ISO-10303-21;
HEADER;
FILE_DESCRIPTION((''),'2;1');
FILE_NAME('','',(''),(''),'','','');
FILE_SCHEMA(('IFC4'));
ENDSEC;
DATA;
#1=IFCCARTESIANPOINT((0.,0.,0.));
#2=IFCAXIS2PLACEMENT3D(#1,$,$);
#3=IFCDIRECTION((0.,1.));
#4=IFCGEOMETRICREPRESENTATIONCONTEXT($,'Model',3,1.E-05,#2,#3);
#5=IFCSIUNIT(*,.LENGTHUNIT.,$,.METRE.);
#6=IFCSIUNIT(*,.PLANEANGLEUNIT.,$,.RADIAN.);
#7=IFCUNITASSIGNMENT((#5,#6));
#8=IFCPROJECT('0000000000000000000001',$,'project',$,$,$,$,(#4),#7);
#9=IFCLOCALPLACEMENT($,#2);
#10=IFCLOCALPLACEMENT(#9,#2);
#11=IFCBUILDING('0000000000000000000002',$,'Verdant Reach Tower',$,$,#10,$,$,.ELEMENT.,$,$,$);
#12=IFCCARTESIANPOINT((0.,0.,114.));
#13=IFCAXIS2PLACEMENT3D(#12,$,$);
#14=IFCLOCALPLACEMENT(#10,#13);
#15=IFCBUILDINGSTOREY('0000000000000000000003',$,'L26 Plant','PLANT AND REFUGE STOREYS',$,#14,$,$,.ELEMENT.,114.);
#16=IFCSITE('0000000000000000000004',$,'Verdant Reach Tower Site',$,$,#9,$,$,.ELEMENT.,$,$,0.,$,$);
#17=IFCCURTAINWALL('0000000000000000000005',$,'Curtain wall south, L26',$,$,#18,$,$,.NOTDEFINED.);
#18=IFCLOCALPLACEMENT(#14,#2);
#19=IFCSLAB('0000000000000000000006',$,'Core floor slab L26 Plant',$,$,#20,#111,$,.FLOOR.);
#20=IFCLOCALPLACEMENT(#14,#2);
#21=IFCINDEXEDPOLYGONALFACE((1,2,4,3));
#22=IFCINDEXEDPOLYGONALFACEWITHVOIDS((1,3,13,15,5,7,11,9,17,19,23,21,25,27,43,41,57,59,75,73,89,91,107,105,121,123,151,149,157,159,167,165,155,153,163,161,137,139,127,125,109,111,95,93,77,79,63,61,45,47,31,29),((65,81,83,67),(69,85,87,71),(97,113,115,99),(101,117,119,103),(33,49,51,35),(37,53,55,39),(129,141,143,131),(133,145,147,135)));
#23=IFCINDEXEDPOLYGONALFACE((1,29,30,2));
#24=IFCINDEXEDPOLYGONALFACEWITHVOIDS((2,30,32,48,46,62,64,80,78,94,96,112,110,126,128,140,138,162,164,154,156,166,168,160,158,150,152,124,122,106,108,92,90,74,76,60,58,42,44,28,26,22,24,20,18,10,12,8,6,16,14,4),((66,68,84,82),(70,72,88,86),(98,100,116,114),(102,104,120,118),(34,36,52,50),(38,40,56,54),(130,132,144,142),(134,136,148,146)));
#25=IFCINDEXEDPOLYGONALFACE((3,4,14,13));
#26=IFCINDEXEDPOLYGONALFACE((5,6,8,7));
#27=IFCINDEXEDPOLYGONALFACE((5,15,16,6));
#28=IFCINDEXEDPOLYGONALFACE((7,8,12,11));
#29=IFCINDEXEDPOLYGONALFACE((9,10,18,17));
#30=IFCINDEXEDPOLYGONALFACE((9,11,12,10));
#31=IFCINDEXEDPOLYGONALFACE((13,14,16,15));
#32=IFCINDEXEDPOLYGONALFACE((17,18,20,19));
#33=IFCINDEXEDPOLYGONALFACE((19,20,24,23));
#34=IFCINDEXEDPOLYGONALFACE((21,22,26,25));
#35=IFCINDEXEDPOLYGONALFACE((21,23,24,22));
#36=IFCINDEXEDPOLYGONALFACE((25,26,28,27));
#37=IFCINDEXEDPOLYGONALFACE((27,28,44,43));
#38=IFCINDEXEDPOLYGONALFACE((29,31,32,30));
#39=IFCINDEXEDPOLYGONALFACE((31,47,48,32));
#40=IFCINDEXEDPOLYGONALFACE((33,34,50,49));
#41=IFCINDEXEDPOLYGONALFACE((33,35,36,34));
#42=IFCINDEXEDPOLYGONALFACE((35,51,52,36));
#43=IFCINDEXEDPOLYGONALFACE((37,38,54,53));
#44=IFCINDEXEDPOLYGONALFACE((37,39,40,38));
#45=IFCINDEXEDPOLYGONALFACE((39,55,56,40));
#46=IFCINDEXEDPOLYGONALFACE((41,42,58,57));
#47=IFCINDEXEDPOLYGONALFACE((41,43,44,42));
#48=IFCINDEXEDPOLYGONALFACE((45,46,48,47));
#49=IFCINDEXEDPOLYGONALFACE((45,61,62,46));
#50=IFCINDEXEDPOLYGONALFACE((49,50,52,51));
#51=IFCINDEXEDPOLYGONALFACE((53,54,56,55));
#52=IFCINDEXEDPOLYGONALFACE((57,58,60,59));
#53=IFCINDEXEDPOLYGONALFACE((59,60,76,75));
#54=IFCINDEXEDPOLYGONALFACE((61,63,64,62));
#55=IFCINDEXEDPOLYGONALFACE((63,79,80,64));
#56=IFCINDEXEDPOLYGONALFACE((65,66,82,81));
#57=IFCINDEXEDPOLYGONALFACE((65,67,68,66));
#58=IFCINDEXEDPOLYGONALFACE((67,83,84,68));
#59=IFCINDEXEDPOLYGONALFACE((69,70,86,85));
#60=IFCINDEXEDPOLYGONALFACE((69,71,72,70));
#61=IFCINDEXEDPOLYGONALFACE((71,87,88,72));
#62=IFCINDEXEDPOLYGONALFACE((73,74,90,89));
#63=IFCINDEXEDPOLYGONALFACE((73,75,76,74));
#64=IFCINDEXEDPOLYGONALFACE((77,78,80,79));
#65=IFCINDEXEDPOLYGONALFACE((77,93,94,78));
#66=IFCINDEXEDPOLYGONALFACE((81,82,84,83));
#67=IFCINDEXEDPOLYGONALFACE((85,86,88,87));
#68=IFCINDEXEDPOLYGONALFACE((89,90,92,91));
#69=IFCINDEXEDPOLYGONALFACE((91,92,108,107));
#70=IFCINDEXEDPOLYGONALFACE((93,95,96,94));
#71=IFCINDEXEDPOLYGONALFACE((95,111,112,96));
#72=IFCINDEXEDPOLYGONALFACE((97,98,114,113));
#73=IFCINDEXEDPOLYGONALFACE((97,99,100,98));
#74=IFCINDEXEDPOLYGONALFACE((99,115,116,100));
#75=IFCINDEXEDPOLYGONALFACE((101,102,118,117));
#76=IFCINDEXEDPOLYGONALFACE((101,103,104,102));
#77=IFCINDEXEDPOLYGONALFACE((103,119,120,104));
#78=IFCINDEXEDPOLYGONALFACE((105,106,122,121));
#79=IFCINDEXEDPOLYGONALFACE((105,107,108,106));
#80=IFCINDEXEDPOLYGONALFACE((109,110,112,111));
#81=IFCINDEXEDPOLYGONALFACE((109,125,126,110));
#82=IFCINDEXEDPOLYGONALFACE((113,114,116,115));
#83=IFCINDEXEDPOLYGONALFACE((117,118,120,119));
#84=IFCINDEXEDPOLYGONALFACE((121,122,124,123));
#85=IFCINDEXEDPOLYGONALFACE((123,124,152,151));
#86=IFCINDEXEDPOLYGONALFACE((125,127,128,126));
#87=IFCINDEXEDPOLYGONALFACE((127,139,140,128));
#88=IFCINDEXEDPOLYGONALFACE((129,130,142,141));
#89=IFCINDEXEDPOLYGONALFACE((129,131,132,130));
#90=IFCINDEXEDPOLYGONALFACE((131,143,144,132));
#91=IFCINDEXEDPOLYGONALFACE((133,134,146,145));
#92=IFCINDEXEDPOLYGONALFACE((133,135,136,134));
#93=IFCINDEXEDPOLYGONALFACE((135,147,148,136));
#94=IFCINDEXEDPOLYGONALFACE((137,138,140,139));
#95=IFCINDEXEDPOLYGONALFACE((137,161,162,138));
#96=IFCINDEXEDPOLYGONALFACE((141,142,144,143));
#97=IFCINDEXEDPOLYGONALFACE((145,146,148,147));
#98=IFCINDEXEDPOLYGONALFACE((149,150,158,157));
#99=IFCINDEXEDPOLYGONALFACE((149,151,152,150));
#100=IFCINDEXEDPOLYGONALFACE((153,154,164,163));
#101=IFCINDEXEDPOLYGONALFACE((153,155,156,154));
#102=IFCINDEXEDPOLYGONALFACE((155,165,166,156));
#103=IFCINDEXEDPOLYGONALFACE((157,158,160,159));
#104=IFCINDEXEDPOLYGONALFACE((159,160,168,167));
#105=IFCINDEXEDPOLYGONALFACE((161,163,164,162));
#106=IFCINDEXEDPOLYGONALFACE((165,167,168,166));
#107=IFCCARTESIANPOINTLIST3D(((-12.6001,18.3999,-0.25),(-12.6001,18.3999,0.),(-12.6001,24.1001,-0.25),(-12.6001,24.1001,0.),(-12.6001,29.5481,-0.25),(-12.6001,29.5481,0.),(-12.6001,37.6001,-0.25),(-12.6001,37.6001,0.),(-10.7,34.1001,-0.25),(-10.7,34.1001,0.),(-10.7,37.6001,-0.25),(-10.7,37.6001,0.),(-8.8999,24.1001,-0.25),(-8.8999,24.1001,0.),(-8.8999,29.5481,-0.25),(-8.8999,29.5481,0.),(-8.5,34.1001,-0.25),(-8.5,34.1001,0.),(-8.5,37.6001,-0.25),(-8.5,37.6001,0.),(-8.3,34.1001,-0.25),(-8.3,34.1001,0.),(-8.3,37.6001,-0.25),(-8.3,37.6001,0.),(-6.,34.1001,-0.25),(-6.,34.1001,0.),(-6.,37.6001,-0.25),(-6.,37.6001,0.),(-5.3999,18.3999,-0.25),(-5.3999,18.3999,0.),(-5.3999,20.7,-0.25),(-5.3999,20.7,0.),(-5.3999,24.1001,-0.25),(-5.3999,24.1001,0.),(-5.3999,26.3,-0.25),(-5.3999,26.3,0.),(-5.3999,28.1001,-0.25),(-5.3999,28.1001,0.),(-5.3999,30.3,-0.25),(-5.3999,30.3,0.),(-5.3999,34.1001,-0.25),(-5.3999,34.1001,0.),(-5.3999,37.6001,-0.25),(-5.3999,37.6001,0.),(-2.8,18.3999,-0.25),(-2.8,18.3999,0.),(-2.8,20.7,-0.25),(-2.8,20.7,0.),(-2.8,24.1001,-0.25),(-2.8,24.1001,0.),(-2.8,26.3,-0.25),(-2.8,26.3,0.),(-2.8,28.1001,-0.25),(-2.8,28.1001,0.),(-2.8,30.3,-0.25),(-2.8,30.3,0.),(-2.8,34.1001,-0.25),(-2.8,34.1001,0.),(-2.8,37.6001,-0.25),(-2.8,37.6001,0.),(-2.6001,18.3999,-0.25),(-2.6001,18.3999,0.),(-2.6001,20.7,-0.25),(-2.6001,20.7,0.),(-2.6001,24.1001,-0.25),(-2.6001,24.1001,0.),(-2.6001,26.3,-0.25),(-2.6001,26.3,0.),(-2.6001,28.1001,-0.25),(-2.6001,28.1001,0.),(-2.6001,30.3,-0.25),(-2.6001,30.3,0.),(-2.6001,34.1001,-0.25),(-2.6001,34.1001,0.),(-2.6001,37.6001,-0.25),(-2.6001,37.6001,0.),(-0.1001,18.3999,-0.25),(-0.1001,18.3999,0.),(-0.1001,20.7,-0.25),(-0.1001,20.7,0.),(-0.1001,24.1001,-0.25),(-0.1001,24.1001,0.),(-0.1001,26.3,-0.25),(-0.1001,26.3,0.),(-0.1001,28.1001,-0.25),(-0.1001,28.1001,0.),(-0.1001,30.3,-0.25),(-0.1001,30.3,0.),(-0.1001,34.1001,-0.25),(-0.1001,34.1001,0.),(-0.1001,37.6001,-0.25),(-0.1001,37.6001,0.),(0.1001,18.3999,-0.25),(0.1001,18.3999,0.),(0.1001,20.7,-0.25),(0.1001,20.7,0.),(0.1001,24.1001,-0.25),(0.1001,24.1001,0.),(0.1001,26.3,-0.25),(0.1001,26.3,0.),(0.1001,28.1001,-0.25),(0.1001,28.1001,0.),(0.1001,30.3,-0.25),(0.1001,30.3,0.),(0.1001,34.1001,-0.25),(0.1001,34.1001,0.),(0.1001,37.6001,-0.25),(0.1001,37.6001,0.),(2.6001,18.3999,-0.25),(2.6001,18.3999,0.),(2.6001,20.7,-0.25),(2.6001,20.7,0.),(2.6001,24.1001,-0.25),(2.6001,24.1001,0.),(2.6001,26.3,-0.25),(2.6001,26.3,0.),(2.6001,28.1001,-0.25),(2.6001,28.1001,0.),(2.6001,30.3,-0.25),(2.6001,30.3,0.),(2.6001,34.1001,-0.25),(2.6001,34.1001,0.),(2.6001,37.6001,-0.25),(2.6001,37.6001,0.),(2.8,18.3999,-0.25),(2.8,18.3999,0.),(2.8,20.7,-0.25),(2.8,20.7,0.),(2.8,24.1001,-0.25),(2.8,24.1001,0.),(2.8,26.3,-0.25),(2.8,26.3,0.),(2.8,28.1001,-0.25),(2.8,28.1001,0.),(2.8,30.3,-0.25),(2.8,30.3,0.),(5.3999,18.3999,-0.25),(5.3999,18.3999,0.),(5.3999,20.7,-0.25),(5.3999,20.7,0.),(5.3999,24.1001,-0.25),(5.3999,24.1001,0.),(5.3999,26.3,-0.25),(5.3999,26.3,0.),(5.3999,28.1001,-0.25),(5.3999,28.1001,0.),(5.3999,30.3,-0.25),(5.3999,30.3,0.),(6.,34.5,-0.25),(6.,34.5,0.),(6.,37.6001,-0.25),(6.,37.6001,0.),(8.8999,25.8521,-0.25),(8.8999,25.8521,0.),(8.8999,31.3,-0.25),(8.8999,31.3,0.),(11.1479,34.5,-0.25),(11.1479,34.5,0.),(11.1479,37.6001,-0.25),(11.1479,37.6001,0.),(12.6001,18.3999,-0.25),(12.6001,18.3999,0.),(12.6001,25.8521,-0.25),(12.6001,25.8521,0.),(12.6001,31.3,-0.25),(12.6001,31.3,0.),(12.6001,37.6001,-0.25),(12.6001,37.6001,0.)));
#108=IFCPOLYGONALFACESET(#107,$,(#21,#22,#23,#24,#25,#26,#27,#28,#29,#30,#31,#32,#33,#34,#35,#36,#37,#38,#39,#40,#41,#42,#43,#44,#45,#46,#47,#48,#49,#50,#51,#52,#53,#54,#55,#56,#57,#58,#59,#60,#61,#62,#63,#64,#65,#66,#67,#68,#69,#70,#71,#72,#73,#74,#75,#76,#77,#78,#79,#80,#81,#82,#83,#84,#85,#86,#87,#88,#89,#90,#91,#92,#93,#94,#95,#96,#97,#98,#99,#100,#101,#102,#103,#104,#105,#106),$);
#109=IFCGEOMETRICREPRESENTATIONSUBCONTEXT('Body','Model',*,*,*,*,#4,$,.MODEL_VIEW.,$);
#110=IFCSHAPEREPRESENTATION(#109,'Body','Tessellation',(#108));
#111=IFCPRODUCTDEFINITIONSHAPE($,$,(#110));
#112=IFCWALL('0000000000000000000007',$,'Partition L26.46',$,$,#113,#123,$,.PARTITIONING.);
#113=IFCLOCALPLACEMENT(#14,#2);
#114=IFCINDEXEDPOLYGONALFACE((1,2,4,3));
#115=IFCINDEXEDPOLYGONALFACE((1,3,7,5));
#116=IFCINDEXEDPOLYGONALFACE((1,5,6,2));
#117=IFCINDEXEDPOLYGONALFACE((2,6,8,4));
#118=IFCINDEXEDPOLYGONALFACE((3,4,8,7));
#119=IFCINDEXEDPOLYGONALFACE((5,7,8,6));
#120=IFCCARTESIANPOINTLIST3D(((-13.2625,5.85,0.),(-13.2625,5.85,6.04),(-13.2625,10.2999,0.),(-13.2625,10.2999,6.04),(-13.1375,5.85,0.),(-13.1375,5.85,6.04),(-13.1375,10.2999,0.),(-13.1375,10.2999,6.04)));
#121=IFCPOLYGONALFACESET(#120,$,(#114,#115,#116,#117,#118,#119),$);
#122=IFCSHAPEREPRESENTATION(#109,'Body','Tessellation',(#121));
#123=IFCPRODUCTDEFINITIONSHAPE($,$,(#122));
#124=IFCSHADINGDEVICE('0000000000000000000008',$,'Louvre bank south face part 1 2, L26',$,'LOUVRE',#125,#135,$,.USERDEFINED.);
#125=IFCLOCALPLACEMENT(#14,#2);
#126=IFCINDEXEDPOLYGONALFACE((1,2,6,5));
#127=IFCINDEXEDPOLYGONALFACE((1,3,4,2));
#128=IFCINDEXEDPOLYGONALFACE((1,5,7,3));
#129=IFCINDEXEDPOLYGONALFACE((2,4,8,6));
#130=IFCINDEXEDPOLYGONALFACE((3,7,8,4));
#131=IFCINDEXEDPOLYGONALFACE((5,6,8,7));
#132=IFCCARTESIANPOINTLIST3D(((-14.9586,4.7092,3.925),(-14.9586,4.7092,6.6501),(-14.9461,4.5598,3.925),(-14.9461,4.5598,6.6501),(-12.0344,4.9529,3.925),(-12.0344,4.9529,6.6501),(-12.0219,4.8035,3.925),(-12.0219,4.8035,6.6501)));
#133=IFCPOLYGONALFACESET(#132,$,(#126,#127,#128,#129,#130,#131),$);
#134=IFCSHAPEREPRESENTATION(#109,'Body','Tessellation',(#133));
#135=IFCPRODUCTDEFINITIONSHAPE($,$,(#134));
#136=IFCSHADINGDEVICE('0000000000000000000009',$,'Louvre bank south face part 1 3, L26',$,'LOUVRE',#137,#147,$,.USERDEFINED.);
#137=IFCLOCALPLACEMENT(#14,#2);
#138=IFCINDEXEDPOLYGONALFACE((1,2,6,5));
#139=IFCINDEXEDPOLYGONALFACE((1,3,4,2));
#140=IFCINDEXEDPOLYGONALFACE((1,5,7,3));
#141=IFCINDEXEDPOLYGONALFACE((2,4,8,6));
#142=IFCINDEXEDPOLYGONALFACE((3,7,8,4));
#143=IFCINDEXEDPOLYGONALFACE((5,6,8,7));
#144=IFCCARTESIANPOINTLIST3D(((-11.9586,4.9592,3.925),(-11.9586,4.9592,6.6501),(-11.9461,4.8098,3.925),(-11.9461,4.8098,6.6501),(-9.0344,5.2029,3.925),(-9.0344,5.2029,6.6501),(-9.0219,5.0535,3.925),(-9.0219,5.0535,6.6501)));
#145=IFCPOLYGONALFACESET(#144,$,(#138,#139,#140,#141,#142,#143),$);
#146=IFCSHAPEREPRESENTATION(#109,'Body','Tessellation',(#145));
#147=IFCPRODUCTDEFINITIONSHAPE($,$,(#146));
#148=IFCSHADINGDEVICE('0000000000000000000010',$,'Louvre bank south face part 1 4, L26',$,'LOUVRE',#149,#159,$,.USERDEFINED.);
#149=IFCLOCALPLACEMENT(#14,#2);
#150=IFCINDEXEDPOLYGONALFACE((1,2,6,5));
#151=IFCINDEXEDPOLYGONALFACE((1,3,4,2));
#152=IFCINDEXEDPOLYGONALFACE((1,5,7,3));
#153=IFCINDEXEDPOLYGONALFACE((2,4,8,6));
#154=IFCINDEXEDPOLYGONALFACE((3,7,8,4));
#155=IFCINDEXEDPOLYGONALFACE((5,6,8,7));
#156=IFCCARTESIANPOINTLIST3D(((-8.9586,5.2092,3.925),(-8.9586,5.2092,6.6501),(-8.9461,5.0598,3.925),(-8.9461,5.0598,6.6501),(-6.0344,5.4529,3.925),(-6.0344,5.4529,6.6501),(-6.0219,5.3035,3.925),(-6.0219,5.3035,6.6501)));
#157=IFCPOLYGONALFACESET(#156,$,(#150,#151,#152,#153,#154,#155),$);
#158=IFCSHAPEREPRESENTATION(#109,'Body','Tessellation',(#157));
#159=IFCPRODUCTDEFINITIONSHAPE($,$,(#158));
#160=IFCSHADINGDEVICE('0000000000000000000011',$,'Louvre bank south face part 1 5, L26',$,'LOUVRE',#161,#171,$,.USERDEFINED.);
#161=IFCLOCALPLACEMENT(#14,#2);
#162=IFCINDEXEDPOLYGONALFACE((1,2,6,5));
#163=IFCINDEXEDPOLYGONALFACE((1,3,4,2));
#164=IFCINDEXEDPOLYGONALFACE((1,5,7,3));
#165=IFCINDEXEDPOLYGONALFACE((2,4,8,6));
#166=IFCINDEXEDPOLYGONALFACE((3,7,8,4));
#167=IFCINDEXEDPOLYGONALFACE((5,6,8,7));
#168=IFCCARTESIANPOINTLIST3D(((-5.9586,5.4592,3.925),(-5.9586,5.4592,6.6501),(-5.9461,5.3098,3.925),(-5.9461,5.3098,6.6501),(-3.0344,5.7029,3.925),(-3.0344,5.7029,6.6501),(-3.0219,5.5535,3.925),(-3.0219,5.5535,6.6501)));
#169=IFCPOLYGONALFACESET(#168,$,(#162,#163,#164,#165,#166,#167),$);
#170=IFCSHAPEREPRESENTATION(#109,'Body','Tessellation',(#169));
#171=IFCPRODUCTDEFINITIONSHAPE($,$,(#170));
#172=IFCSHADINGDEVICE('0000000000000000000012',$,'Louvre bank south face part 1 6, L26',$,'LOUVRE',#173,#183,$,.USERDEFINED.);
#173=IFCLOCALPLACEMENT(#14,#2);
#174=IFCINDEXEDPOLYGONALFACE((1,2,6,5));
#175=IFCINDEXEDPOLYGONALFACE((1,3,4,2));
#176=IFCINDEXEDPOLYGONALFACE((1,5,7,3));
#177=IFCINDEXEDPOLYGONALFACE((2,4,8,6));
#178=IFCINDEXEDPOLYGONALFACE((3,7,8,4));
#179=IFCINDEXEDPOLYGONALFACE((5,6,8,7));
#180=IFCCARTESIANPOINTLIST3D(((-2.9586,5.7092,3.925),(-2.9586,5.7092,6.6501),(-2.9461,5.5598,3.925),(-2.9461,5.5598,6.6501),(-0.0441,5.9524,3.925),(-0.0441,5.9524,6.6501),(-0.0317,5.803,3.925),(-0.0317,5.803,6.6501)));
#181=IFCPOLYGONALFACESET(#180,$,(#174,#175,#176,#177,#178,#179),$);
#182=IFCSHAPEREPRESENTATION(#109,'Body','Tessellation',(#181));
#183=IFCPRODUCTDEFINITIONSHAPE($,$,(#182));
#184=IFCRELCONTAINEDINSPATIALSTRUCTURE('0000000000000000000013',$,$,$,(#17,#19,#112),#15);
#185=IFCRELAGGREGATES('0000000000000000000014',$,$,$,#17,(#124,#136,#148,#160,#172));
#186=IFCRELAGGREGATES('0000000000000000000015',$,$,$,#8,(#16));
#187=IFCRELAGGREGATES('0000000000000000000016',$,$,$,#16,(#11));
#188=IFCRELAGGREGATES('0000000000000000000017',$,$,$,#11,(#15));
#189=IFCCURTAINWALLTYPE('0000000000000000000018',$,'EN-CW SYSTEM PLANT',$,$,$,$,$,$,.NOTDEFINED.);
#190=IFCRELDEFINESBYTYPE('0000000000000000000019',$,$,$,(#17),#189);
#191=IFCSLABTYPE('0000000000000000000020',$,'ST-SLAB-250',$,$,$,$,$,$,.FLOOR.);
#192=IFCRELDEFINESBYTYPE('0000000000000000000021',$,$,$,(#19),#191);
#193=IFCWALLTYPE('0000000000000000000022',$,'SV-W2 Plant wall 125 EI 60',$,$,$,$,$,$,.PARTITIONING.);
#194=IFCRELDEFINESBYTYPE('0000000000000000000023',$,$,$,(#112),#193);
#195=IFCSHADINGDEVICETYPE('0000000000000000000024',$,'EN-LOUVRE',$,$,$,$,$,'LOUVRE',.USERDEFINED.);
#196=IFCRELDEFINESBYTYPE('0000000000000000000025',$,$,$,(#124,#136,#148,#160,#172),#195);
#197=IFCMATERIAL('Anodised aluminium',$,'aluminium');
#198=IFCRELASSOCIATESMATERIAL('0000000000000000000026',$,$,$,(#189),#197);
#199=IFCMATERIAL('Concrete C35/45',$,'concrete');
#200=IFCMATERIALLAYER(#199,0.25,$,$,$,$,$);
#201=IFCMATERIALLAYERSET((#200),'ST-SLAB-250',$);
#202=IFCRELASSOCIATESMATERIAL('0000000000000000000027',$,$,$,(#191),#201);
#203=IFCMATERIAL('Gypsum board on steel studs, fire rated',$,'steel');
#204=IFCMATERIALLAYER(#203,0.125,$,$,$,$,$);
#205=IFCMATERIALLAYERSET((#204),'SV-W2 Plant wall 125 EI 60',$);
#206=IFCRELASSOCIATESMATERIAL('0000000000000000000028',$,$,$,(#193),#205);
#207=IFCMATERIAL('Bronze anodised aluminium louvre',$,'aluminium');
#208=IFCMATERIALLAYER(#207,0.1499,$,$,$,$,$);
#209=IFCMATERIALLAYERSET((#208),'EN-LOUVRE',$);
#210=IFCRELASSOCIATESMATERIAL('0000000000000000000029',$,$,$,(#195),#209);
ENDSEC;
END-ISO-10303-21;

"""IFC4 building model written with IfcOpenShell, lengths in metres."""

from ifc_helpers import new_model, si_unit, direction, frame, frame_2d, origin, origin_2d, place, context, subcontext, project, spatial, polyline, rectangle, outline, extrude, material, layer, layer_set, type_object, element, aggregate, save


model = new_model("IFC4")

# Units and contexts
model_context = context("Model", 3, precision=1e-05, world=origin(), true_north=direction((0.0, 1.0)))
body_context = subcontext(model_context, "Body", "Model", "MODEL_VIEW")
ifc_project = project(units=[si_unit("LENGTHUNIT", "METRE"), si_unit("PLANEANGLEUNIT", "RADIAN")], contexts=[model_context])

# Site, building, storey
site_placement = place(None, origin())
site = spatial("IfcSite", under=ifc_project, at=site_placement, Name="Verdant Reach Tower Site", CompositionType="ELEMENT", RefElevation=0.0)
building_placement = place(site_placement, origin())
building = spatial("IfcBuilding", under=site, at=building_placement, Name="Verdant Reach Tower", CompositionType="ELEMENT")
storey_placement = place(building_placement, frame((0.0, 0.0, 114.0)))
storey = spatial("IfcBuildingStorey", under=building, at=storey_placement, Name="L26 Plant", Description="PLANT AND REFUGE STOREYS", CompositionType="ELEMENT", Elevation=114.0)

# Curtain wall
ifc_material_1 = material(Name="Anodised aluminium", Category="aluminium")
curtain_wall_type = type_object("IfcCurtainWallType", Name="EN-CW SYSTEM PLANT", PredefinedType="NOTDEFINED", material=ifc_material_1)
curtain_wall_placement = place(storey_placement, origin())
curtain_wall = element("IfcCurtainWall", 1, at=curtain_wall_placement, inside=storey, type_object=curtain_wall_type, Name="Curtain wall south, L26", PredefinedType="NOTDEFINED")

# Slab
ifc_material_2 = material(Name="Concrete C35/45", Category="concrete")
ifc_layer_1 = layer(ifc_material_2, 0.25)
ifc_layer_set_1 = layer_set([ifc_layer_1], Name="ST-SLAB-250")
slab_type_1 = type_object("IfcSlabType", Name="ST-SLAB-250", PredefinedType="FLOOR", material=ifc_layer_set_1)
slab_1_placement = place(storey_placement, frame((0.0, 0.0, -0.25)))
element("IfcSlab", 2, at=slab_1_placement, inside=storey, type_object=slab_type_1, Name="Core floor slab L26 Plant", PredefinedType="FLOOR", context=body_context, shape_type="SweptSolid", body=[
    extrude(outline(polyline([(12.6001, 18.3999), (5.3999, 18.3999), (5.3999, 20.7), (2.8, 20.7), (2.8, 18.3999), (2.6001, 18.3999), (2.6001, 20.7), (0.1001, 20.7), (0.1001, 18.3999), (-0.1001, 18.3999), (-0.1001, 20.7), (-2.6001, 20.7), (-2.6001, 18.3999), (-2.8, 18.3999), (-2.8, 20.7), (-5.3999, 20.7), (-5.3999, 18.3999), (-12.6001, 18.3999), (-12.6001, 24.1001), (-8.8999, 24.1001), (-8.8999, 29.5481), (-12.6001, 29.5481), (-12.6001, 37.6001), (-10.7, 37.6001), (-10.7, 34.1001), (-8.5, 34.1001), (-8.5, 37.6001), (-8.3, 37.6001), (-8.3, 34.1001), (-6.0, 34.1001), (-6.0, 37.6001), (-5.3999, 37.6001), (-5.3999, 34.1001), (-2.8, 34.1001), (-2.8, 37.6001), (-2.6001, 37.6001), (-2.6001, 34.1001), (-0.1001, 34.1001), (-0.1001, 37.6001), (0.1001, 37.6001), (0.1001, 34.1001), (2.6001, 34.1001), (2.6001, 37.6001), (6.0, 37.6001), (6.0, 34.5), (11.1479, 34.5), (11.1479, 37.6001), (12.6001, 37.6001), (12.6001, 31.3), (8.8999, 31.3), (8.8999, 25.8521), (12.6001, 25.8521), (12.6001, 18.3999)]), holes=[polyline([(-2.8, 24.1001), (-2.8, 26.3), (-5.3999, 26.3), (-5.3999, 24.1001), (-2.8, 24.1001)]), polyline([(-2.6001, 24.1001), (-0.1001, 24.1001), (-0.1001, 26.3), (-2.6001, 26.3), (-2.6001, 24.1001)]), polyline([(-2.8, 28.1001), (-2.8, 30.3), (-5.3999, 30.3), (-5.3999, 28.1001), (-2.8, 28.1001)]), polyline([(-0.1001, 28.1001), (-0.1001, 30.3), (-2.6001, 30.3), (-2.6001, 28.1001), (-0.1001, 28.1001)]), polyline([(2.6001, 24.1001), (2.6001, 26.3), (0.1001, 26.3), (0.1001, 24.1001), (2.6001, 24.1001)]), polyline([(2.8, 24.1001), (5.3999, 24.1001), (5.3999, 26.3), (2.8, 26.3), (2.8, 24.1001)]), polyline([(2.6001, 28.1001), (2.6001, 30.3), (0.1001, 30.3), (0.1001, 28.1001), (2.6001, 28.1001)]), polyline([(5.3999, 28.1001), (5.3999, 30.3), (2.8, 30.3), (2.8, 28.1001), (5.3999, 28.1001)])]), origin(), (0.0, 0.0, 1.0), 0.25),
])

# Wall
ifc_material_3 = material(Name="Gypsum board on steel studs, fire rated", Category="steel")
ifc_layer_2 = layer(ifc_material_3, 0.125)
ifc_layer_set_2 = layer_set([ifc_layer_2], Name="SV-W2 Plant wall 125 EI 60")
wall_type = type_object("IfcWallType", Name="SV-W2 Plant wall 125 EI 60", PredefinedType="PARTITIONING", material=ifc_layer_set_2)
wall_placement = place(storey_placement, frame((-13.2, 10.3, 0.0), z_axis=(0.0, 0.0, 1.0), x_axis=(0.0, -1.0, 0.0)))
element("IfcWall", 3, at=wall_placement, inside=storey, type_object=wall_type, Name="Partition L26.46", PredefinedType="PARTITIONING", context=body_context, shape_type="SweptSolid", body=[
    extrude(rectangle(XDim=4.45, YDim=0.125, at=frame_2d((2.2251, 0.0))), origin(), (0.0, 0.0, 1.0), 6.04),
])

# Shading devices
ifc_material_4 = material(Name="Bronze anodised aluminium louvre", Category="aluminium")
ifc_layer_3 = layer(ifc_material_4, 0.1499)
ifc_layer_set_3 = layer_set([ifc_layer_3], Name="EN-LOUVRE")
shading_device_type = type_object("IfcShadingDeviceType", Name="EN-LOUVRE", ElementType="LOUVRE", PredefinedType="USERDEFINED", material=ifc_layer_set_3)
shading_device_1_placement = place(storey_placement, frame((-13.4902, 4.7563, 3.925), z_axis=(0.0, 0.0, 1.0), x_axis=(0.996546, 0.083045, 0.0)))
shading_device_1 = element("IfcShadingDevice", 4, at=shading_device_1_placement, type_object=shading_device_type, Name="Louvre bank south face part 1 2, L26", ObjectType="LOUVRE", PredefinedType="USERDEFINED", context=body_context, shape_type="SweptSolid", body=[
    extrude(rectangle(XDim=2.9343, YDim=0.1499, at=origin_2d()), origin(), (0.0, 0.0, 1.0), 2.7251),
])
shading_device_2_placement = place(storey_placement, frame((-10.4902, 5.0063, 3.925), z_axis=(0.0, 0.0, 1.0), x_axis=(0.996546, 0.083045, 0.0)))
shading_device_2 = element("IfcShadingDevice", 5, at=shading_device_2_placement, type_object=shading_device_type, Name="Louvre bank south face part 1 3, L26", ObjectType="LOUVRE", PredefinedType="USERDEFINED", context=body_context, shape_type="SweptSolid", body=[
    extrude(rectangle(XDim=2.9343, YDim=0.1499, at=origin_2d()), origin(), (0.0, 0.0, 1.0), 2.7251),
])
shading_device_3_placement = place(storey_placement, frame((-7.4902, 5.2563, 3.925), z_axis=(0.0, 0.0, 1.0), x_axis=(0.996546, 0.083045, 0.0)))
shading_device_3 = element("IfcShadingDevice", 6, at=shading_device_3_placement, type_object=shading_device_type, Name="Louvre bank south face part 1 4, L26", ObjectType="LOUVRE", PredefinedType="USERDEFINED", context=body_context, shape_type="SweptSolid", body=[
    extrude(rectangle(XDim=2.9343, YDim=0.1499, at=origin_2d()), origin(), (0.0, 0.0, 1.0), 2.7251),
])
shading_device_4_placement = place(storey_placement, frame((-4.4902, 5.5063, 3.925), z_axis=(0.0, 0.0, 1.0), x_axis=(0.996546, 0.083045, 0.0)))
shading_device_4 = element("IfcShadingDevice", 7, at=shading_device_4_placement, type_object=shading_device_type, Name="Louvre bank south face part 1 5, L26", ObjectType="LOUVRE", PredefinedType="USERDEFINED", context=body_context, shape_type="SweptSolid", body=[
    extrude(rectangle(XDim=2.9343, YDim=0.1499, at=origin_2d()), origin(), (0.0, 0.0, 1.0), 2.7251),
])
shading_device_5_placement = place(storey_placement, frame((-1.4951, 5.7561, 3.925), z_axis=(0.0, 0.0, 1.0), x_axis=(0.996534, 0.083182, 0.0)))
shading_device_5 = element("IfcShadingDevice", 8, at=shading_device_5_placement, type_object=shading_device_type, Name="Louvre bank south face part 1 6, L26", ObjectType="LOUVRE", PredefinedType="USERDEFINED", context=body_context, shape_type="SweptSolid", body=[
    extrude(rectangle(XDim=2.9246, YDim=0.1499, at=origin_2d()), origin(), (0.0, 0.0, 1.0), 2.7251),
])
aggregate(curtain_wall, [shading_device_1, shading_device_2, shading_device_3, shading_device_4, shading_device_5])

save(model, "model.ifc")
